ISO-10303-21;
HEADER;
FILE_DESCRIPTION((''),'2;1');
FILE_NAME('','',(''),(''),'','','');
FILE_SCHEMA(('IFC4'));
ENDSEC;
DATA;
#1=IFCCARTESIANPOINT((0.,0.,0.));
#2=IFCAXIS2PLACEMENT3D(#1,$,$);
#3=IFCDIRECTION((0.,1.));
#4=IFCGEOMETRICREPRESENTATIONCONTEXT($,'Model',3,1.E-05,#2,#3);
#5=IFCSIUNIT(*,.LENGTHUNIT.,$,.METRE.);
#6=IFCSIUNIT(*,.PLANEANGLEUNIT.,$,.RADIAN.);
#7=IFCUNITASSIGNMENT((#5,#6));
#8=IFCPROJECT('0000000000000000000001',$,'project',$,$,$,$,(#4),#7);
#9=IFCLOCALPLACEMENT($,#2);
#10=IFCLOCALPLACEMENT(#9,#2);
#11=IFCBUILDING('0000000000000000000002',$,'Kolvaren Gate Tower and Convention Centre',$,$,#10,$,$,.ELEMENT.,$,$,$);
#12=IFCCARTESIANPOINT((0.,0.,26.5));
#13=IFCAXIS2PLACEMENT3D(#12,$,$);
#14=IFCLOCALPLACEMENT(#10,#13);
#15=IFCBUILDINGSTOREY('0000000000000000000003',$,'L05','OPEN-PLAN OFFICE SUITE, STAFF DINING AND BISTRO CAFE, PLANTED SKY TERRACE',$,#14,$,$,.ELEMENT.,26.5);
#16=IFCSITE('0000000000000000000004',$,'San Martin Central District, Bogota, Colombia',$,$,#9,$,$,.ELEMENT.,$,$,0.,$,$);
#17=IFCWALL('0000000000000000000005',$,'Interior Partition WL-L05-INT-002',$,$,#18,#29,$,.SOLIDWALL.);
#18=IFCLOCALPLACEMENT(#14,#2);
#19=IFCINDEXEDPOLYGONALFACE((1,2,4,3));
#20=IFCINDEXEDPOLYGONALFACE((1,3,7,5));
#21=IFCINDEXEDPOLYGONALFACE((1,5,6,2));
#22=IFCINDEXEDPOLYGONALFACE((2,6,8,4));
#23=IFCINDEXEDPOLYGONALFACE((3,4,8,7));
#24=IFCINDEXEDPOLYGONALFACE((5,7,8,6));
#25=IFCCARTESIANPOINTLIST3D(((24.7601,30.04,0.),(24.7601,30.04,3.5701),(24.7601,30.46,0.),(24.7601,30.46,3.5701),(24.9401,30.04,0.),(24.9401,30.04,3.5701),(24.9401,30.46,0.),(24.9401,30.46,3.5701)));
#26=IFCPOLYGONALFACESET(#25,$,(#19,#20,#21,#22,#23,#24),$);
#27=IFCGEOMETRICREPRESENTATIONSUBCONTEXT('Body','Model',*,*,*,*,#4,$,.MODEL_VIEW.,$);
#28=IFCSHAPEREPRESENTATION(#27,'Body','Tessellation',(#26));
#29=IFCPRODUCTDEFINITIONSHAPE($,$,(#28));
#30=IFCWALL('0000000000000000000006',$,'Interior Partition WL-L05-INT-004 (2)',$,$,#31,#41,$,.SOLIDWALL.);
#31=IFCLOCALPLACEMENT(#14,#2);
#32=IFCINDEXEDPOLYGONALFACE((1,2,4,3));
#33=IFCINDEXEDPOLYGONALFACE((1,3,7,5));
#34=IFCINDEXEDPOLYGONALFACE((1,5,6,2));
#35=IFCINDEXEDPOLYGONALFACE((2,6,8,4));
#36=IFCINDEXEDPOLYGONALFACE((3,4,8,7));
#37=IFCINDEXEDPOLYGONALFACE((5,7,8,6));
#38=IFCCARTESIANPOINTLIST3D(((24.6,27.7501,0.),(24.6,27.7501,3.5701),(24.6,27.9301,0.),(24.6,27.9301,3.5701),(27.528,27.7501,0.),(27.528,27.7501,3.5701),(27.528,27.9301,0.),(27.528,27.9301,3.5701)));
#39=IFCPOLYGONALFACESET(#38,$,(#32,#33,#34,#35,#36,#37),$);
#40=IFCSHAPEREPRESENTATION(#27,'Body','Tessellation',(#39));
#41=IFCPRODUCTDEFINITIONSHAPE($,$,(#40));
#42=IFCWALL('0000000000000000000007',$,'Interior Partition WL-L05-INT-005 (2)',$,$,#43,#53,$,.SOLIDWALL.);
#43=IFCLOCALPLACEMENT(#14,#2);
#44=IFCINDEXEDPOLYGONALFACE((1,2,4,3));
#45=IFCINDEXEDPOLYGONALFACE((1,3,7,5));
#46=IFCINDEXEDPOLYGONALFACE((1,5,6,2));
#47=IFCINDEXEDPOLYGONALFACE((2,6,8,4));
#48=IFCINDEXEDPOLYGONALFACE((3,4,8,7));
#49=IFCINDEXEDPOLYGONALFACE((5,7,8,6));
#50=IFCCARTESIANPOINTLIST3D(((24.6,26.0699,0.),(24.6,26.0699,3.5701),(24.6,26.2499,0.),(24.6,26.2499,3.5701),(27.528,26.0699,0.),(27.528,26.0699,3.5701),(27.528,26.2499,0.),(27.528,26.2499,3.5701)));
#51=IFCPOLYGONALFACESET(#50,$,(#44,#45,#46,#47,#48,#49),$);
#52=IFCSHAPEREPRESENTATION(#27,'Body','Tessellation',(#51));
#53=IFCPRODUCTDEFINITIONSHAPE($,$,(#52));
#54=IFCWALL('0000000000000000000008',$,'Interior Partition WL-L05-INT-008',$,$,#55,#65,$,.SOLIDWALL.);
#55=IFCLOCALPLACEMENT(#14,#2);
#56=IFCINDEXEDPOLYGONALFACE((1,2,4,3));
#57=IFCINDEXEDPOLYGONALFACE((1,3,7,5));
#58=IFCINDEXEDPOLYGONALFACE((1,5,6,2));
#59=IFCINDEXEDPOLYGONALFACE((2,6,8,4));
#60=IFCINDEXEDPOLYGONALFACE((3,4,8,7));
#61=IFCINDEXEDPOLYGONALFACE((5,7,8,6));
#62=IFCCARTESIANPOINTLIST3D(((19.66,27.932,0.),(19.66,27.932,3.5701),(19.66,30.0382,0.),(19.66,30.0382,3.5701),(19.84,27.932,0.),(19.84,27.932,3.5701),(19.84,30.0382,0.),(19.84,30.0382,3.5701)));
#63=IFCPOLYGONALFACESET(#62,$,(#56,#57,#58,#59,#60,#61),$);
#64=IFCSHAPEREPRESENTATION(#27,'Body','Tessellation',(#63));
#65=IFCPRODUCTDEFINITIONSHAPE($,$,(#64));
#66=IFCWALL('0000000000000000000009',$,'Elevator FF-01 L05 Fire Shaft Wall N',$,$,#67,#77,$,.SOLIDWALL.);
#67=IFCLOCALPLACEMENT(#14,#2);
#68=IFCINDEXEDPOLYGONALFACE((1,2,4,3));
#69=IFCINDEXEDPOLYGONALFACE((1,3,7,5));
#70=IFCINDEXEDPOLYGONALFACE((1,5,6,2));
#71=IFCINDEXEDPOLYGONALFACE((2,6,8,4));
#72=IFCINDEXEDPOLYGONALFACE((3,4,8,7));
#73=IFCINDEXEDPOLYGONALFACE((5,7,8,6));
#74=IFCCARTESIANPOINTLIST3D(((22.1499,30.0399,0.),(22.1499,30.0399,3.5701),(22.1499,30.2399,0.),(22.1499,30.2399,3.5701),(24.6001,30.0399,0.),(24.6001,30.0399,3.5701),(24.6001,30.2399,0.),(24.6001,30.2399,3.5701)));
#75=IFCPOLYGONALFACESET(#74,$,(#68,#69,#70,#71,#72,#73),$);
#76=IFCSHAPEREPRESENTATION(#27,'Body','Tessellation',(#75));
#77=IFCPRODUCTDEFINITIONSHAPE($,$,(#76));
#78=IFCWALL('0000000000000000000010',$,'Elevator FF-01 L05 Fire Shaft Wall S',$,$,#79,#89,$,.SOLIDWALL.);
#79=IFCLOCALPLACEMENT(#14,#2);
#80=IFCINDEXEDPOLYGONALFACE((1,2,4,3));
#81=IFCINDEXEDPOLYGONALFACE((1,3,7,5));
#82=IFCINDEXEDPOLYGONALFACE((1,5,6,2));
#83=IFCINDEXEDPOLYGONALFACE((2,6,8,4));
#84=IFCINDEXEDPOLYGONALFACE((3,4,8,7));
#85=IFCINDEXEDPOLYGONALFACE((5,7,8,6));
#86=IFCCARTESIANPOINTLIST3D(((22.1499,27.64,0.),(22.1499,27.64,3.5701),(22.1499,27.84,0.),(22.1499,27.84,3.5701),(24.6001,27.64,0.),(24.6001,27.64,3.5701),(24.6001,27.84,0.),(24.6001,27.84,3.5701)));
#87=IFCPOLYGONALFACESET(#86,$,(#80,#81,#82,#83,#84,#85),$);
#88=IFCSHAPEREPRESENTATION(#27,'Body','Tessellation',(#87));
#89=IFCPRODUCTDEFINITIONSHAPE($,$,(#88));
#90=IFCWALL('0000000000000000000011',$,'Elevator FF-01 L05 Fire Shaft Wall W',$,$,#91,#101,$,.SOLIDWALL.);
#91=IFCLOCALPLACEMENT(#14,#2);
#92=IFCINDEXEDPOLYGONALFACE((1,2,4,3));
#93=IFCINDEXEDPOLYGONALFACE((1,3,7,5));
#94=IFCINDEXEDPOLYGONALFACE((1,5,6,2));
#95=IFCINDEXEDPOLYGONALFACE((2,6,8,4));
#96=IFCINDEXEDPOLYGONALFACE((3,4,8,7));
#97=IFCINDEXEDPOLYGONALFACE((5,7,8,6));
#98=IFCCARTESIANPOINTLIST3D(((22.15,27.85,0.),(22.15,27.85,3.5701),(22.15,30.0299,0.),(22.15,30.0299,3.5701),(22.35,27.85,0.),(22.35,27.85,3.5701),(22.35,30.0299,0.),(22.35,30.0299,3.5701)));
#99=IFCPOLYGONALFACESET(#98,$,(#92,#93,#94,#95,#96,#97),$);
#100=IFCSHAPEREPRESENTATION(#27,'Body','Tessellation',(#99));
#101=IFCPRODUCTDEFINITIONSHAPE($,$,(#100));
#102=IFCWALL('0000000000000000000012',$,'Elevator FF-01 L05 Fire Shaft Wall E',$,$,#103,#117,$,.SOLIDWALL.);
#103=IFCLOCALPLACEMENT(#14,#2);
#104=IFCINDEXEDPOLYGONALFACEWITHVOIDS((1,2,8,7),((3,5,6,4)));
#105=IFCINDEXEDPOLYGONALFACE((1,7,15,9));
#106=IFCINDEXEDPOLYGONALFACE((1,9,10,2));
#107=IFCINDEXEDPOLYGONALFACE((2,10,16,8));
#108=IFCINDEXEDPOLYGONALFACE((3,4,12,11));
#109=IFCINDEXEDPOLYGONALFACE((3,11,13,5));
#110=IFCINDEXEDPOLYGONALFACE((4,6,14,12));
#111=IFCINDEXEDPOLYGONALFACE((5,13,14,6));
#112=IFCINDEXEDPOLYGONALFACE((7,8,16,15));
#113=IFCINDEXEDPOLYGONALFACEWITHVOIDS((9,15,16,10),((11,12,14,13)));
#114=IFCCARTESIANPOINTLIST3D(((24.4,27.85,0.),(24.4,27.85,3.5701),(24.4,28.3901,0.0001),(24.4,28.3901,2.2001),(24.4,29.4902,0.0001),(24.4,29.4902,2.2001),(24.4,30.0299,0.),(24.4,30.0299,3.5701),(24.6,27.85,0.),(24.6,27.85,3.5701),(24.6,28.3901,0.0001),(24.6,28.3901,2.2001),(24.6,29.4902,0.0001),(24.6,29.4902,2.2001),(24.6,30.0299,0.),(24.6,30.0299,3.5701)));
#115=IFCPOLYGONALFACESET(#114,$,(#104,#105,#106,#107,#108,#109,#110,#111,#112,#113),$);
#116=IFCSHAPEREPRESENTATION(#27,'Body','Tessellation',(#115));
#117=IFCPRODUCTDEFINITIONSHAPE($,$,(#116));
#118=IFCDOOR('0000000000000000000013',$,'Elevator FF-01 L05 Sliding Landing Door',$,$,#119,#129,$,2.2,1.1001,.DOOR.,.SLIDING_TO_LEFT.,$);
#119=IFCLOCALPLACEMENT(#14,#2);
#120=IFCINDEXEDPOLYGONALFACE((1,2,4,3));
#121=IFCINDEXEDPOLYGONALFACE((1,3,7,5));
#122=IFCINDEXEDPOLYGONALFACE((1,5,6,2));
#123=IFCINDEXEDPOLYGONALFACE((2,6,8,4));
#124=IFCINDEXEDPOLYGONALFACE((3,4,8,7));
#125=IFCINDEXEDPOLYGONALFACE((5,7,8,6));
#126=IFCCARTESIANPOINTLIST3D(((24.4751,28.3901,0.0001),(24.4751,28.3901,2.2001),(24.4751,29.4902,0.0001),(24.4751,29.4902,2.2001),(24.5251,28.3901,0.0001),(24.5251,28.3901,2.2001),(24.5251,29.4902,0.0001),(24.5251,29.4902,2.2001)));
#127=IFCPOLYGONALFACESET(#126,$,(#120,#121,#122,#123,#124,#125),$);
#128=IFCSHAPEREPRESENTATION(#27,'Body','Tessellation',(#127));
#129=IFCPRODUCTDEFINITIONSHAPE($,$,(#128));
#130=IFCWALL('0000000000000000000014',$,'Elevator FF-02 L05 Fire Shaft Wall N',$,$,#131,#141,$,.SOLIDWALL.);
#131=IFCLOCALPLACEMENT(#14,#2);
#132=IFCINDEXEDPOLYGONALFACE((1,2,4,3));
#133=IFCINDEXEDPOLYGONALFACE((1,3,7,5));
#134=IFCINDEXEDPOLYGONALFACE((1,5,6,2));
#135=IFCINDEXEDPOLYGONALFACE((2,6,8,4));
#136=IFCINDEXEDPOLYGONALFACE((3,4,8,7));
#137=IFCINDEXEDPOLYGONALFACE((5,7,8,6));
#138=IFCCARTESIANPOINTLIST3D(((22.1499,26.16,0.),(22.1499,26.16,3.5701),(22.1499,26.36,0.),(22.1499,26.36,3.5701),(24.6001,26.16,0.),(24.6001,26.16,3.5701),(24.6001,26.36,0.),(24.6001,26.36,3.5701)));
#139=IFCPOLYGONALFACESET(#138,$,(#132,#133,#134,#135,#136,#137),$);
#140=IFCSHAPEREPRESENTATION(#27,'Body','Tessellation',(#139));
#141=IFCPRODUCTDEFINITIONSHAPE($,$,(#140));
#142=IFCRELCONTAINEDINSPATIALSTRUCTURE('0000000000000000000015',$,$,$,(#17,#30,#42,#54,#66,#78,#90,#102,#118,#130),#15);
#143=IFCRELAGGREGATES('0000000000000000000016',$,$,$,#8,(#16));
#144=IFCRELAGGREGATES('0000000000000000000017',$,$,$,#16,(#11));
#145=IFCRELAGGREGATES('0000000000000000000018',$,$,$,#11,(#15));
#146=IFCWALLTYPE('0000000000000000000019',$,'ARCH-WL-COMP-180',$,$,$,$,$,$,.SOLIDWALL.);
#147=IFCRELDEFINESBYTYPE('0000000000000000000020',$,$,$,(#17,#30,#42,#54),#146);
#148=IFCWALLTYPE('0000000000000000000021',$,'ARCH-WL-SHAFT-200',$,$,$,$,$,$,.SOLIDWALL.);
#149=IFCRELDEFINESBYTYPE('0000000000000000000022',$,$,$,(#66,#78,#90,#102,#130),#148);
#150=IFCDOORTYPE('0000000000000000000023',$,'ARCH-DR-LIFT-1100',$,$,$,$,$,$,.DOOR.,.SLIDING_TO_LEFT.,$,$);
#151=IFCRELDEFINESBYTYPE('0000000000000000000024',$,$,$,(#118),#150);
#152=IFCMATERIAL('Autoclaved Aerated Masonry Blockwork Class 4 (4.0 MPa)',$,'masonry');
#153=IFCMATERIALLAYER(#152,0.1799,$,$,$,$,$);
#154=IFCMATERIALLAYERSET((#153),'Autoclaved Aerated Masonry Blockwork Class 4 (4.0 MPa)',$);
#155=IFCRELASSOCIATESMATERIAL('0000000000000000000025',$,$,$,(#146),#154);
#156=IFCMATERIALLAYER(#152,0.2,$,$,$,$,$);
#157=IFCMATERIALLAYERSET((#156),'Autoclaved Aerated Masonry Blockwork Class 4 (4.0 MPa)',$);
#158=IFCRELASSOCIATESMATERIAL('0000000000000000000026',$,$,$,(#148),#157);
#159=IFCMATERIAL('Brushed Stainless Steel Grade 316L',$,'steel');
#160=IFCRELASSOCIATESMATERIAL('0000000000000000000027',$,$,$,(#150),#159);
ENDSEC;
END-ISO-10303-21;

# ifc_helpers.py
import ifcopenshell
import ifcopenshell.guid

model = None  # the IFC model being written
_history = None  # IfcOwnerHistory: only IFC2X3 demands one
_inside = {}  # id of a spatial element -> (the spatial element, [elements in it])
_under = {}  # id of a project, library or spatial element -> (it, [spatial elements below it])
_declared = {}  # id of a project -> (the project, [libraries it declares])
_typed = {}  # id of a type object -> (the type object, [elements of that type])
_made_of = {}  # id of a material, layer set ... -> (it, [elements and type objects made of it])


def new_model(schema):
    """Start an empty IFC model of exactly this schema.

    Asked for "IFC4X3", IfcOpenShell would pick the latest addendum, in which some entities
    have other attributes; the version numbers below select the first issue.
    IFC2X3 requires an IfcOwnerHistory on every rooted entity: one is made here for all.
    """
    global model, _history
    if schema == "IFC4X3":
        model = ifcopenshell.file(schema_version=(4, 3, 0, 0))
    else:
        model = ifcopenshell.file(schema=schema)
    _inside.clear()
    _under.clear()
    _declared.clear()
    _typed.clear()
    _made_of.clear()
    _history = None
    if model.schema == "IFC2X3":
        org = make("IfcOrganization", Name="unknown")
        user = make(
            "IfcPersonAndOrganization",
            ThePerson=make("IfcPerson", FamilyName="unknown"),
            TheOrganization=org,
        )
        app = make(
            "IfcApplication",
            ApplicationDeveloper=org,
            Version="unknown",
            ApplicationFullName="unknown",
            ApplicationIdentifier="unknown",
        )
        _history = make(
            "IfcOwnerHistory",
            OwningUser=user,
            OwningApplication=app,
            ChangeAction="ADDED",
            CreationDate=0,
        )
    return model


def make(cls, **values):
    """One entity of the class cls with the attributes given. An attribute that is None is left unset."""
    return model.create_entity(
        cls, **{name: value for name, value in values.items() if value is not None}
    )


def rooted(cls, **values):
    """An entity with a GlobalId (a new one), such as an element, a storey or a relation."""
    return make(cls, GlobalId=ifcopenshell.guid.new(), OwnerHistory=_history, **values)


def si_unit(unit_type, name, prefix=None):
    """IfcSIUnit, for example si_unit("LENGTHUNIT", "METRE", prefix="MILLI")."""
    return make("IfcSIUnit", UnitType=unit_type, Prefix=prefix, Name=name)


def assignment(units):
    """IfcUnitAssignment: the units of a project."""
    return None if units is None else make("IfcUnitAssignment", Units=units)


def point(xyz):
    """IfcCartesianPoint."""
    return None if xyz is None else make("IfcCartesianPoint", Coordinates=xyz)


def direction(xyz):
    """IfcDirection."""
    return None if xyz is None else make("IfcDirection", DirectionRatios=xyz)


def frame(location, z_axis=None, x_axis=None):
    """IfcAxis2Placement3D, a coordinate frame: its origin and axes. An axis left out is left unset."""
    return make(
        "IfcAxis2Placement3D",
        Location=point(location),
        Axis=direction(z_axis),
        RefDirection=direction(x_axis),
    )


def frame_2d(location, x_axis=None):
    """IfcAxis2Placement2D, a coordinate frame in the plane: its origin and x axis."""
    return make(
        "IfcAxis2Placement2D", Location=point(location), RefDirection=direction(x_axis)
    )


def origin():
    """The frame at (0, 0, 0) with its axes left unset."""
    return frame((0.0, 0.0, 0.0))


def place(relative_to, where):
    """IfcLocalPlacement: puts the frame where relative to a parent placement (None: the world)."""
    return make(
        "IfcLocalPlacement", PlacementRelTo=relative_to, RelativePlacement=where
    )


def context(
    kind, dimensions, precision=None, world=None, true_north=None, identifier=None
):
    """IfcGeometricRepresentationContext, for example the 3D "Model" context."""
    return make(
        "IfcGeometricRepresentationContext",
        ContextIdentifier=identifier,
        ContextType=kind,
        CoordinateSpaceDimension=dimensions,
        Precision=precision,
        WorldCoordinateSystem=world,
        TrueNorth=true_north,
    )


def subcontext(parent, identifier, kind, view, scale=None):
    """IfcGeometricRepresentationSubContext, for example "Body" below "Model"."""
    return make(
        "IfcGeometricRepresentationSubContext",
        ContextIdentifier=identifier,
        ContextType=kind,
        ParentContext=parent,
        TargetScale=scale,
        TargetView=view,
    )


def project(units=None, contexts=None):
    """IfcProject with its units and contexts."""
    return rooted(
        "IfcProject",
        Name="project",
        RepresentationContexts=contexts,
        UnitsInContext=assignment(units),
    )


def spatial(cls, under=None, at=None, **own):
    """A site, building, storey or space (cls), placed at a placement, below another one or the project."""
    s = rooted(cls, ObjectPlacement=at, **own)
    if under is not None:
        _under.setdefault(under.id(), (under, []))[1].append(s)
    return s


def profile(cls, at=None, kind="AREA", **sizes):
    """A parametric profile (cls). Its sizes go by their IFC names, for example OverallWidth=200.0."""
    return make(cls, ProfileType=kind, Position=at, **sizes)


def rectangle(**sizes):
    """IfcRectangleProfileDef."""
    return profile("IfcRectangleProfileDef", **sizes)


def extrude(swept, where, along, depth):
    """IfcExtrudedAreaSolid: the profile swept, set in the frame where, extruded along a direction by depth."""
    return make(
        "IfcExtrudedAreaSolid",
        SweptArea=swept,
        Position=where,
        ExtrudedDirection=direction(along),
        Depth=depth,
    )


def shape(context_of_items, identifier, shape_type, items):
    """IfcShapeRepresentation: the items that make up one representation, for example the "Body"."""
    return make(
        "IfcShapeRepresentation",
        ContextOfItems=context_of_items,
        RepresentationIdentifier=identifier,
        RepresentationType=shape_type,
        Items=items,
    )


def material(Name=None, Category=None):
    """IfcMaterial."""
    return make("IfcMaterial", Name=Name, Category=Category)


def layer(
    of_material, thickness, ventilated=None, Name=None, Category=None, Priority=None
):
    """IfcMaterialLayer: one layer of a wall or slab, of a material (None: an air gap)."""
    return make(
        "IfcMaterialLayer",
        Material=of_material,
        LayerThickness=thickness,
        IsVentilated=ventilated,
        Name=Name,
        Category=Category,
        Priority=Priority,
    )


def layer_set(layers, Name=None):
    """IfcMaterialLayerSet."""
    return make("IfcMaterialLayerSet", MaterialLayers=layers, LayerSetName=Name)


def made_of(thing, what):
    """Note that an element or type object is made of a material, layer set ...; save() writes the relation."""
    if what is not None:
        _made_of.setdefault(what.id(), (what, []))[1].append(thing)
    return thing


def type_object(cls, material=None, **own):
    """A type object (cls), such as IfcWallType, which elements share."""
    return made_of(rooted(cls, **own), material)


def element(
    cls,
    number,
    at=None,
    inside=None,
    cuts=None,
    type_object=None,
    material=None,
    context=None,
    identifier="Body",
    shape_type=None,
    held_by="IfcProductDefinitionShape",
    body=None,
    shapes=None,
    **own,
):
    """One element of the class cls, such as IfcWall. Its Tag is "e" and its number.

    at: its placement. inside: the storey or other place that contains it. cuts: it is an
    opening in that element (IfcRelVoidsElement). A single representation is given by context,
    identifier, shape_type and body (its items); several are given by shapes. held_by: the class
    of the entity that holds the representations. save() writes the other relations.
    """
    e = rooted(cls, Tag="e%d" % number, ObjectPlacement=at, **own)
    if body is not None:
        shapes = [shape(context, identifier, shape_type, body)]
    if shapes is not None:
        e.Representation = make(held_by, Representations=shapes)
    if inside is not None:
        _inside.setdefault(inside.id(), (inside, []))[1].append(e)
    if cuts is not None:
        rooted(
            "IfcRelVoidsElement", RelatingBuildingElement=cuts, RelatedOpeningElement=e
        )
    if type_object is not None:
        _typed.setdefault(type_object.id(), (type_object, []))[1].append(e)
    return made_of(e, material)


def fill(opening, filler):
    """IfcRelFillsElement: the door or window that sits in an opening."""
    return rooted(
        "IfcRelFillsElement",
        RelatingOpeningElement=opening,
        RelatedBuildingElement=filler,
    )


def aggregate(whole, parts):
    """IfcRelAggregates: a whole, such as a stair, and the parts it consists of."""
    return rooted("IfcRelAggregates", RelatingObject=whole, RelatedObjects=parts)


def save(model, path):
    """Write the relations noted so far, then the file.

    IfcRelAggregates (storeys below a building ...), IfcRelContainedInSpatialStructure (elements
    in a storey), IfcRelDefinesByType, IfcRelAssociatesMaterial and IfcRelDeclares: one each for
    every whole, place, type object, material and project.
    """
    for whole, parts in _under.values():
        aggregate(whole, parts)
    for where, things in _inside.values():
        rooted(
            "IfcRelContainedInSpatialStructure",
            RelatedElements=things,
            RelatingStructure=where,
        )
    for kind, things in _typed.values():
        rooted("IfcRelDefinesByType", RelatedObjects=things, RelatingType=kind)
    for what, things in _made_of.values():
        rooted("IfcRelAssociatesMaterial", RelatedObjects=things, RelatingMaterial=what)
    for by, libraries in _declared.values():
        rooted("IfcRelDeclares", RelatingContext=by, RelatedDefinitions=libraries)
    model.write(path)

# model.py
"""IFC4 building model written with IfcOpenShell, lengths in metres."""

from ifc_helpers import new_model, si_unit, direction, frame, frame_2d, origin, place, context, subcontext, project, spatial, rectangle, extrude, material, layer, layer_set, type_object, element, fill, save


model = new_model("IFC4")

# Units and contexts
model_context = context("Model", 3, precision=1e-05, world=origin(), true_north=direction((0.0, 1.0)))
body_context = subcontext(model_context, "Body", "Model", "MODEL_VIEW")
ifc_project = project(units=[si_unit("LENGTHUNIT", "METRE"), si_unit("PLANEANGLEUNIT", "RADIAN")], contexts=[model_context])

# Site, building, storey
site_placement = place(None, origin())
site = spatial("IfcSite", under=ifc_project, at=site_placement, Name="San Martin Central District, Bogota, Colombia", CompositionType="ELEMENT", RefElevation=0.0)
building_placement = place(site_placement, origin())
building = spatial("IfcBuilding", under=site, at=building_placement, Name="Kolvaren Gate Tower and Convention Centre", CompositionType="ELEMENT")
storey_placement = place(building_placement, frame((0.0, 0.0, 26.5)))
storey = spatial("IfcBuildingStorey", under=building, at=storey_placement, Name="L05", Description="OPEN-PLAN OFFICE SUITE, STAFF DINING AND BISTRO CAFE, PLANTED SKY TERRACE", CompositionType="ELEMENT", Elevation=26.5)

# Walls
ifc_material_1 = material(Name="Autoclaved Aerated Masonry Blockwork Class 4 (4.0 MPa)", Category="masonry")
ifc_layer_1 = layer(ifc_material_1, 0.1799)
ifc_layer_set_1 = layer_set([ifc_layer_1], Name="Autoclaved Aerated Masonry Blockwork Class 4 (4.0 MPa)")
wall_type_1 = type_object("IfcWallType", Name="ARCH-WL-COMP-180", PredefinedType="SOLIDWALL", material=ifc_layer_set_1)
wall_1_placement = place(storey_placement, frame((24.8501, 30.04, 0.0), z_axis=(0.0, 0.0, 1.0), x_axis=(0.0, 1.0, 0.0)))
element("IfcWall", 1, at=wall_1_placement, inside=storey, type_object=wall_type_1, Name="Interior Partition WL-L05-INT-002", PredefinedType="SOLIDWALL", context=body_context, shape_type="SweptSolid", body=[
    extrude(rectangle(XDim=0.4199, YDim=0.1799, at=frame_2d((0.21, 0.0))), origin(), (0.0, 0.0, 1.0), 3.5701),
])
for number, where, z_axis, x_axis, name in (
    (2, (24.6001, 27.8401, 0.0), (0.0, 0.0, 1.0), (1.0, 0.0, 0.0), "Interior Partition WL-L05-INT-004 (2)"),
    (3, (24.6001, 26.1599, 0.0), (0.0, 0.0, 1.0), (1.0, 0.0, 0.0), "Interior Partition WL-L05-INT-005 (2)"),
):
    element("IfcWall", number, at=place(storey_placement, frame(where, z_axis=z_axis, x_axis=x_axis)), inside=storey, type_object=wall_type_1, Name=name, PredefinedType="SOLIDWALL", context=body_context, shape_type="SweptSolid", body=[
        extrude(rectangle(XDim=2.928, YDim=0.1799, at=frame_2d((1.4639, 0.0))), origin(), (0.0, 0.0, 1.0), 3.5701),
    ])
wall_2_placement = place(storey_placement, frame((19.75, 27.9319, 0.0), z_axis=(0.0, 0.0, 1.0), x_axis=(0.0, 1.0, 0.0)))
element("IfcWall", 4, at=wall_2_placement, inside=storey, type_object=wall_type_1, Name="Interior Partition WL-L05-INT-008", PredefinedType="SOLIDWALL", context=body_context, shape_type="SweptSolid", body=[
    extrude(rectangle(XDim=2.1062, YDim=0.1799, at=frame_2d((1.0532, 0.0))), origin(), (0.0, 0.0, 1.0), 3.5701),
])
ifc_layer_2 = layer(ifc_material_1, 0.2)
ifc_layer_set_2 = layer_set([ifc_layer_2], Name="Autoclaved Aerated Masonry Blockwork Class 4 (4.0 MPa)")
wall_type_2 = type_object("IfcWallType", Name="ARCH-WL-SHAFT-200", PredefinedType="SOLIDWALL", material=ifc_layer_set_2)
for number, where, z_axis, x_axis, name in (
    (5, (22.1499, 30.1399, 0.0), (0.0, 0.0, 1.0), (1.0, 0.0, 0.0), "Elevator FF-01 L05 Fire Shaft Wall N"),
    (6, (22.1499, 27.74, 0.0), (0.0, 0.0, 1.0), (1.0, 0.0, 0.0), "Elevator FF-01 L05 Fire Shaft Wall S"),
):
    element("IfcWall", number, at=place(storey_placement, frame(where, z_axis=z_axis, x_axis=x_axis)), inside=storey, type_object=wall_type_2, Name=name, PredefinedType="SOLIDWALL", context=body_context, shape_type="SweptSolid", body=[
        extrude(rectangle(XDim=2.4502, YDim=0.2, at=frame_2d((1.2251, 0.0))), origin(), (0.0, 0.0, 1.0), 3.5701),
    ])
wall_3_placement = place(storey_placement, frame((22.25, 27.8501, 0.0), z_axis=(0.0, 0.0, 1.0), x_axis=(0.0, 1.0, 0.0)))
element("IfcWall", 7, at=wall_3_placement, inside=storey, type_object=wall_type_2, Name="Elevator FF-01 L05 Fire Shaft Wall W", PredefinedType="SOLIDWALL", context=body_context, shape_type="SweptSolid", body=[
    extrude(rectangle(XDim=2.1799, YDim=0.2, at=frame_2d((1.0898, 0.0))), origin(), (0.0, 0.0, 1.0), 3.5701),
])

# Wall, opening, door
wall_4_placement = place(storey_placement, frame((24.5, 27.8501, 0.0), z_axis=(0.0, 0.0, 1.0), x_axis=(0.0, 1.0, 0.0)))
wall_4 = element("IfcWall", 8, at=wall_4_placement, inside=storey, type_object=wall_type_2, Name="Elevator FF-01 L05 Fire Shaft Wall E", PredefinedType="SOLIDWALL", context=body_context, shape_type="SweptSolid", body=[
    extrude(rectangle(XDim=2.1799, YDim=0.2, at=frame_2d((1.0898, 0.0))), origin(), (0.0, 0.0, 1.0), 3.5701),
])
opening_1_placement = place(wall_4_placement, frame((0.54, 0.0, 0.0)))
opening_1 = element("IfcOpeningElement", 9, at=opening_1_placement, cuts=wall_4, PredefinedType="OPENING", context=body_context, shape_type="SweptSolid", body=[
    extrude(rectangle(XDim=1.1001, YDim=2.2, at=frame_2d((0.55, 1.1001))), frame((0.0, 0.1099, 0.0), z_axis=(0.0, -1.0, 0.0), x_axis=(1.0, 0.0, 0.0)), (0.0, 0.0, 1.0), 0.22),
])
ifc_material_2 = material(Name="Brushed Stainless Steel Grade 316L", Category="steel")
door_type_1 = type_object("IfcDoorType", Name="ARCH-DR-LIFT-1100", OperationType="SLIDING_TO_LEFT", PredefinedType="DOOR", material=ifc_material_2)
door_1_placement = place(opening_1_placement, origin())
door_1 = element("IfcDoor", 10, at=door_1_placement, inside=storey, type_object=door_type_1, Name="Elevator FF-01 L05 Sliding Landing Door", OperationType="SLIDING_TO_LEFT", OverallHeight=2.2, OverallWidth=1.1001, PredefinedType="DOOR", context=body_context, shape_type="SweptSolid", body=[
    extrude(rectangle(XDim=1.1001, YDim=2.2, at=frame_2d((0.55, 1.1001))), frame((0.0, 0.0249, 0.0), z_axis=(0.0, -1.0, 0.0), x_axis=(1.0, 0.0, 0.0)), (0.0, 0.0, 1.0), 0.05),
])
fill(opening_1, door_1)

# Wall
wall_5_placement = place(storey_placement, frame((22.1499, 26.26, 0.0), z_axis=(0.0, 0.0, 1.0), x_axis=(1.0, 0.0, 0.0)))
element("IfcWall", 11, at=wall_5_placement, inside=storey, type_object=wall_type_2, Name="Elevator FF-02 L05 Fire Shaft Wall N", PredefinedType="SOLIDWALL", context=body_context, shape_type="SweptSolid", body=[
    extrude(rectangle(XDim=2.4502, YDim=0.2, at=frame_2d((1.2251, 0.0))), origin(), (0.0, 0.0, 1.0), 3.5701),
])

save(model, "model.ifc")
